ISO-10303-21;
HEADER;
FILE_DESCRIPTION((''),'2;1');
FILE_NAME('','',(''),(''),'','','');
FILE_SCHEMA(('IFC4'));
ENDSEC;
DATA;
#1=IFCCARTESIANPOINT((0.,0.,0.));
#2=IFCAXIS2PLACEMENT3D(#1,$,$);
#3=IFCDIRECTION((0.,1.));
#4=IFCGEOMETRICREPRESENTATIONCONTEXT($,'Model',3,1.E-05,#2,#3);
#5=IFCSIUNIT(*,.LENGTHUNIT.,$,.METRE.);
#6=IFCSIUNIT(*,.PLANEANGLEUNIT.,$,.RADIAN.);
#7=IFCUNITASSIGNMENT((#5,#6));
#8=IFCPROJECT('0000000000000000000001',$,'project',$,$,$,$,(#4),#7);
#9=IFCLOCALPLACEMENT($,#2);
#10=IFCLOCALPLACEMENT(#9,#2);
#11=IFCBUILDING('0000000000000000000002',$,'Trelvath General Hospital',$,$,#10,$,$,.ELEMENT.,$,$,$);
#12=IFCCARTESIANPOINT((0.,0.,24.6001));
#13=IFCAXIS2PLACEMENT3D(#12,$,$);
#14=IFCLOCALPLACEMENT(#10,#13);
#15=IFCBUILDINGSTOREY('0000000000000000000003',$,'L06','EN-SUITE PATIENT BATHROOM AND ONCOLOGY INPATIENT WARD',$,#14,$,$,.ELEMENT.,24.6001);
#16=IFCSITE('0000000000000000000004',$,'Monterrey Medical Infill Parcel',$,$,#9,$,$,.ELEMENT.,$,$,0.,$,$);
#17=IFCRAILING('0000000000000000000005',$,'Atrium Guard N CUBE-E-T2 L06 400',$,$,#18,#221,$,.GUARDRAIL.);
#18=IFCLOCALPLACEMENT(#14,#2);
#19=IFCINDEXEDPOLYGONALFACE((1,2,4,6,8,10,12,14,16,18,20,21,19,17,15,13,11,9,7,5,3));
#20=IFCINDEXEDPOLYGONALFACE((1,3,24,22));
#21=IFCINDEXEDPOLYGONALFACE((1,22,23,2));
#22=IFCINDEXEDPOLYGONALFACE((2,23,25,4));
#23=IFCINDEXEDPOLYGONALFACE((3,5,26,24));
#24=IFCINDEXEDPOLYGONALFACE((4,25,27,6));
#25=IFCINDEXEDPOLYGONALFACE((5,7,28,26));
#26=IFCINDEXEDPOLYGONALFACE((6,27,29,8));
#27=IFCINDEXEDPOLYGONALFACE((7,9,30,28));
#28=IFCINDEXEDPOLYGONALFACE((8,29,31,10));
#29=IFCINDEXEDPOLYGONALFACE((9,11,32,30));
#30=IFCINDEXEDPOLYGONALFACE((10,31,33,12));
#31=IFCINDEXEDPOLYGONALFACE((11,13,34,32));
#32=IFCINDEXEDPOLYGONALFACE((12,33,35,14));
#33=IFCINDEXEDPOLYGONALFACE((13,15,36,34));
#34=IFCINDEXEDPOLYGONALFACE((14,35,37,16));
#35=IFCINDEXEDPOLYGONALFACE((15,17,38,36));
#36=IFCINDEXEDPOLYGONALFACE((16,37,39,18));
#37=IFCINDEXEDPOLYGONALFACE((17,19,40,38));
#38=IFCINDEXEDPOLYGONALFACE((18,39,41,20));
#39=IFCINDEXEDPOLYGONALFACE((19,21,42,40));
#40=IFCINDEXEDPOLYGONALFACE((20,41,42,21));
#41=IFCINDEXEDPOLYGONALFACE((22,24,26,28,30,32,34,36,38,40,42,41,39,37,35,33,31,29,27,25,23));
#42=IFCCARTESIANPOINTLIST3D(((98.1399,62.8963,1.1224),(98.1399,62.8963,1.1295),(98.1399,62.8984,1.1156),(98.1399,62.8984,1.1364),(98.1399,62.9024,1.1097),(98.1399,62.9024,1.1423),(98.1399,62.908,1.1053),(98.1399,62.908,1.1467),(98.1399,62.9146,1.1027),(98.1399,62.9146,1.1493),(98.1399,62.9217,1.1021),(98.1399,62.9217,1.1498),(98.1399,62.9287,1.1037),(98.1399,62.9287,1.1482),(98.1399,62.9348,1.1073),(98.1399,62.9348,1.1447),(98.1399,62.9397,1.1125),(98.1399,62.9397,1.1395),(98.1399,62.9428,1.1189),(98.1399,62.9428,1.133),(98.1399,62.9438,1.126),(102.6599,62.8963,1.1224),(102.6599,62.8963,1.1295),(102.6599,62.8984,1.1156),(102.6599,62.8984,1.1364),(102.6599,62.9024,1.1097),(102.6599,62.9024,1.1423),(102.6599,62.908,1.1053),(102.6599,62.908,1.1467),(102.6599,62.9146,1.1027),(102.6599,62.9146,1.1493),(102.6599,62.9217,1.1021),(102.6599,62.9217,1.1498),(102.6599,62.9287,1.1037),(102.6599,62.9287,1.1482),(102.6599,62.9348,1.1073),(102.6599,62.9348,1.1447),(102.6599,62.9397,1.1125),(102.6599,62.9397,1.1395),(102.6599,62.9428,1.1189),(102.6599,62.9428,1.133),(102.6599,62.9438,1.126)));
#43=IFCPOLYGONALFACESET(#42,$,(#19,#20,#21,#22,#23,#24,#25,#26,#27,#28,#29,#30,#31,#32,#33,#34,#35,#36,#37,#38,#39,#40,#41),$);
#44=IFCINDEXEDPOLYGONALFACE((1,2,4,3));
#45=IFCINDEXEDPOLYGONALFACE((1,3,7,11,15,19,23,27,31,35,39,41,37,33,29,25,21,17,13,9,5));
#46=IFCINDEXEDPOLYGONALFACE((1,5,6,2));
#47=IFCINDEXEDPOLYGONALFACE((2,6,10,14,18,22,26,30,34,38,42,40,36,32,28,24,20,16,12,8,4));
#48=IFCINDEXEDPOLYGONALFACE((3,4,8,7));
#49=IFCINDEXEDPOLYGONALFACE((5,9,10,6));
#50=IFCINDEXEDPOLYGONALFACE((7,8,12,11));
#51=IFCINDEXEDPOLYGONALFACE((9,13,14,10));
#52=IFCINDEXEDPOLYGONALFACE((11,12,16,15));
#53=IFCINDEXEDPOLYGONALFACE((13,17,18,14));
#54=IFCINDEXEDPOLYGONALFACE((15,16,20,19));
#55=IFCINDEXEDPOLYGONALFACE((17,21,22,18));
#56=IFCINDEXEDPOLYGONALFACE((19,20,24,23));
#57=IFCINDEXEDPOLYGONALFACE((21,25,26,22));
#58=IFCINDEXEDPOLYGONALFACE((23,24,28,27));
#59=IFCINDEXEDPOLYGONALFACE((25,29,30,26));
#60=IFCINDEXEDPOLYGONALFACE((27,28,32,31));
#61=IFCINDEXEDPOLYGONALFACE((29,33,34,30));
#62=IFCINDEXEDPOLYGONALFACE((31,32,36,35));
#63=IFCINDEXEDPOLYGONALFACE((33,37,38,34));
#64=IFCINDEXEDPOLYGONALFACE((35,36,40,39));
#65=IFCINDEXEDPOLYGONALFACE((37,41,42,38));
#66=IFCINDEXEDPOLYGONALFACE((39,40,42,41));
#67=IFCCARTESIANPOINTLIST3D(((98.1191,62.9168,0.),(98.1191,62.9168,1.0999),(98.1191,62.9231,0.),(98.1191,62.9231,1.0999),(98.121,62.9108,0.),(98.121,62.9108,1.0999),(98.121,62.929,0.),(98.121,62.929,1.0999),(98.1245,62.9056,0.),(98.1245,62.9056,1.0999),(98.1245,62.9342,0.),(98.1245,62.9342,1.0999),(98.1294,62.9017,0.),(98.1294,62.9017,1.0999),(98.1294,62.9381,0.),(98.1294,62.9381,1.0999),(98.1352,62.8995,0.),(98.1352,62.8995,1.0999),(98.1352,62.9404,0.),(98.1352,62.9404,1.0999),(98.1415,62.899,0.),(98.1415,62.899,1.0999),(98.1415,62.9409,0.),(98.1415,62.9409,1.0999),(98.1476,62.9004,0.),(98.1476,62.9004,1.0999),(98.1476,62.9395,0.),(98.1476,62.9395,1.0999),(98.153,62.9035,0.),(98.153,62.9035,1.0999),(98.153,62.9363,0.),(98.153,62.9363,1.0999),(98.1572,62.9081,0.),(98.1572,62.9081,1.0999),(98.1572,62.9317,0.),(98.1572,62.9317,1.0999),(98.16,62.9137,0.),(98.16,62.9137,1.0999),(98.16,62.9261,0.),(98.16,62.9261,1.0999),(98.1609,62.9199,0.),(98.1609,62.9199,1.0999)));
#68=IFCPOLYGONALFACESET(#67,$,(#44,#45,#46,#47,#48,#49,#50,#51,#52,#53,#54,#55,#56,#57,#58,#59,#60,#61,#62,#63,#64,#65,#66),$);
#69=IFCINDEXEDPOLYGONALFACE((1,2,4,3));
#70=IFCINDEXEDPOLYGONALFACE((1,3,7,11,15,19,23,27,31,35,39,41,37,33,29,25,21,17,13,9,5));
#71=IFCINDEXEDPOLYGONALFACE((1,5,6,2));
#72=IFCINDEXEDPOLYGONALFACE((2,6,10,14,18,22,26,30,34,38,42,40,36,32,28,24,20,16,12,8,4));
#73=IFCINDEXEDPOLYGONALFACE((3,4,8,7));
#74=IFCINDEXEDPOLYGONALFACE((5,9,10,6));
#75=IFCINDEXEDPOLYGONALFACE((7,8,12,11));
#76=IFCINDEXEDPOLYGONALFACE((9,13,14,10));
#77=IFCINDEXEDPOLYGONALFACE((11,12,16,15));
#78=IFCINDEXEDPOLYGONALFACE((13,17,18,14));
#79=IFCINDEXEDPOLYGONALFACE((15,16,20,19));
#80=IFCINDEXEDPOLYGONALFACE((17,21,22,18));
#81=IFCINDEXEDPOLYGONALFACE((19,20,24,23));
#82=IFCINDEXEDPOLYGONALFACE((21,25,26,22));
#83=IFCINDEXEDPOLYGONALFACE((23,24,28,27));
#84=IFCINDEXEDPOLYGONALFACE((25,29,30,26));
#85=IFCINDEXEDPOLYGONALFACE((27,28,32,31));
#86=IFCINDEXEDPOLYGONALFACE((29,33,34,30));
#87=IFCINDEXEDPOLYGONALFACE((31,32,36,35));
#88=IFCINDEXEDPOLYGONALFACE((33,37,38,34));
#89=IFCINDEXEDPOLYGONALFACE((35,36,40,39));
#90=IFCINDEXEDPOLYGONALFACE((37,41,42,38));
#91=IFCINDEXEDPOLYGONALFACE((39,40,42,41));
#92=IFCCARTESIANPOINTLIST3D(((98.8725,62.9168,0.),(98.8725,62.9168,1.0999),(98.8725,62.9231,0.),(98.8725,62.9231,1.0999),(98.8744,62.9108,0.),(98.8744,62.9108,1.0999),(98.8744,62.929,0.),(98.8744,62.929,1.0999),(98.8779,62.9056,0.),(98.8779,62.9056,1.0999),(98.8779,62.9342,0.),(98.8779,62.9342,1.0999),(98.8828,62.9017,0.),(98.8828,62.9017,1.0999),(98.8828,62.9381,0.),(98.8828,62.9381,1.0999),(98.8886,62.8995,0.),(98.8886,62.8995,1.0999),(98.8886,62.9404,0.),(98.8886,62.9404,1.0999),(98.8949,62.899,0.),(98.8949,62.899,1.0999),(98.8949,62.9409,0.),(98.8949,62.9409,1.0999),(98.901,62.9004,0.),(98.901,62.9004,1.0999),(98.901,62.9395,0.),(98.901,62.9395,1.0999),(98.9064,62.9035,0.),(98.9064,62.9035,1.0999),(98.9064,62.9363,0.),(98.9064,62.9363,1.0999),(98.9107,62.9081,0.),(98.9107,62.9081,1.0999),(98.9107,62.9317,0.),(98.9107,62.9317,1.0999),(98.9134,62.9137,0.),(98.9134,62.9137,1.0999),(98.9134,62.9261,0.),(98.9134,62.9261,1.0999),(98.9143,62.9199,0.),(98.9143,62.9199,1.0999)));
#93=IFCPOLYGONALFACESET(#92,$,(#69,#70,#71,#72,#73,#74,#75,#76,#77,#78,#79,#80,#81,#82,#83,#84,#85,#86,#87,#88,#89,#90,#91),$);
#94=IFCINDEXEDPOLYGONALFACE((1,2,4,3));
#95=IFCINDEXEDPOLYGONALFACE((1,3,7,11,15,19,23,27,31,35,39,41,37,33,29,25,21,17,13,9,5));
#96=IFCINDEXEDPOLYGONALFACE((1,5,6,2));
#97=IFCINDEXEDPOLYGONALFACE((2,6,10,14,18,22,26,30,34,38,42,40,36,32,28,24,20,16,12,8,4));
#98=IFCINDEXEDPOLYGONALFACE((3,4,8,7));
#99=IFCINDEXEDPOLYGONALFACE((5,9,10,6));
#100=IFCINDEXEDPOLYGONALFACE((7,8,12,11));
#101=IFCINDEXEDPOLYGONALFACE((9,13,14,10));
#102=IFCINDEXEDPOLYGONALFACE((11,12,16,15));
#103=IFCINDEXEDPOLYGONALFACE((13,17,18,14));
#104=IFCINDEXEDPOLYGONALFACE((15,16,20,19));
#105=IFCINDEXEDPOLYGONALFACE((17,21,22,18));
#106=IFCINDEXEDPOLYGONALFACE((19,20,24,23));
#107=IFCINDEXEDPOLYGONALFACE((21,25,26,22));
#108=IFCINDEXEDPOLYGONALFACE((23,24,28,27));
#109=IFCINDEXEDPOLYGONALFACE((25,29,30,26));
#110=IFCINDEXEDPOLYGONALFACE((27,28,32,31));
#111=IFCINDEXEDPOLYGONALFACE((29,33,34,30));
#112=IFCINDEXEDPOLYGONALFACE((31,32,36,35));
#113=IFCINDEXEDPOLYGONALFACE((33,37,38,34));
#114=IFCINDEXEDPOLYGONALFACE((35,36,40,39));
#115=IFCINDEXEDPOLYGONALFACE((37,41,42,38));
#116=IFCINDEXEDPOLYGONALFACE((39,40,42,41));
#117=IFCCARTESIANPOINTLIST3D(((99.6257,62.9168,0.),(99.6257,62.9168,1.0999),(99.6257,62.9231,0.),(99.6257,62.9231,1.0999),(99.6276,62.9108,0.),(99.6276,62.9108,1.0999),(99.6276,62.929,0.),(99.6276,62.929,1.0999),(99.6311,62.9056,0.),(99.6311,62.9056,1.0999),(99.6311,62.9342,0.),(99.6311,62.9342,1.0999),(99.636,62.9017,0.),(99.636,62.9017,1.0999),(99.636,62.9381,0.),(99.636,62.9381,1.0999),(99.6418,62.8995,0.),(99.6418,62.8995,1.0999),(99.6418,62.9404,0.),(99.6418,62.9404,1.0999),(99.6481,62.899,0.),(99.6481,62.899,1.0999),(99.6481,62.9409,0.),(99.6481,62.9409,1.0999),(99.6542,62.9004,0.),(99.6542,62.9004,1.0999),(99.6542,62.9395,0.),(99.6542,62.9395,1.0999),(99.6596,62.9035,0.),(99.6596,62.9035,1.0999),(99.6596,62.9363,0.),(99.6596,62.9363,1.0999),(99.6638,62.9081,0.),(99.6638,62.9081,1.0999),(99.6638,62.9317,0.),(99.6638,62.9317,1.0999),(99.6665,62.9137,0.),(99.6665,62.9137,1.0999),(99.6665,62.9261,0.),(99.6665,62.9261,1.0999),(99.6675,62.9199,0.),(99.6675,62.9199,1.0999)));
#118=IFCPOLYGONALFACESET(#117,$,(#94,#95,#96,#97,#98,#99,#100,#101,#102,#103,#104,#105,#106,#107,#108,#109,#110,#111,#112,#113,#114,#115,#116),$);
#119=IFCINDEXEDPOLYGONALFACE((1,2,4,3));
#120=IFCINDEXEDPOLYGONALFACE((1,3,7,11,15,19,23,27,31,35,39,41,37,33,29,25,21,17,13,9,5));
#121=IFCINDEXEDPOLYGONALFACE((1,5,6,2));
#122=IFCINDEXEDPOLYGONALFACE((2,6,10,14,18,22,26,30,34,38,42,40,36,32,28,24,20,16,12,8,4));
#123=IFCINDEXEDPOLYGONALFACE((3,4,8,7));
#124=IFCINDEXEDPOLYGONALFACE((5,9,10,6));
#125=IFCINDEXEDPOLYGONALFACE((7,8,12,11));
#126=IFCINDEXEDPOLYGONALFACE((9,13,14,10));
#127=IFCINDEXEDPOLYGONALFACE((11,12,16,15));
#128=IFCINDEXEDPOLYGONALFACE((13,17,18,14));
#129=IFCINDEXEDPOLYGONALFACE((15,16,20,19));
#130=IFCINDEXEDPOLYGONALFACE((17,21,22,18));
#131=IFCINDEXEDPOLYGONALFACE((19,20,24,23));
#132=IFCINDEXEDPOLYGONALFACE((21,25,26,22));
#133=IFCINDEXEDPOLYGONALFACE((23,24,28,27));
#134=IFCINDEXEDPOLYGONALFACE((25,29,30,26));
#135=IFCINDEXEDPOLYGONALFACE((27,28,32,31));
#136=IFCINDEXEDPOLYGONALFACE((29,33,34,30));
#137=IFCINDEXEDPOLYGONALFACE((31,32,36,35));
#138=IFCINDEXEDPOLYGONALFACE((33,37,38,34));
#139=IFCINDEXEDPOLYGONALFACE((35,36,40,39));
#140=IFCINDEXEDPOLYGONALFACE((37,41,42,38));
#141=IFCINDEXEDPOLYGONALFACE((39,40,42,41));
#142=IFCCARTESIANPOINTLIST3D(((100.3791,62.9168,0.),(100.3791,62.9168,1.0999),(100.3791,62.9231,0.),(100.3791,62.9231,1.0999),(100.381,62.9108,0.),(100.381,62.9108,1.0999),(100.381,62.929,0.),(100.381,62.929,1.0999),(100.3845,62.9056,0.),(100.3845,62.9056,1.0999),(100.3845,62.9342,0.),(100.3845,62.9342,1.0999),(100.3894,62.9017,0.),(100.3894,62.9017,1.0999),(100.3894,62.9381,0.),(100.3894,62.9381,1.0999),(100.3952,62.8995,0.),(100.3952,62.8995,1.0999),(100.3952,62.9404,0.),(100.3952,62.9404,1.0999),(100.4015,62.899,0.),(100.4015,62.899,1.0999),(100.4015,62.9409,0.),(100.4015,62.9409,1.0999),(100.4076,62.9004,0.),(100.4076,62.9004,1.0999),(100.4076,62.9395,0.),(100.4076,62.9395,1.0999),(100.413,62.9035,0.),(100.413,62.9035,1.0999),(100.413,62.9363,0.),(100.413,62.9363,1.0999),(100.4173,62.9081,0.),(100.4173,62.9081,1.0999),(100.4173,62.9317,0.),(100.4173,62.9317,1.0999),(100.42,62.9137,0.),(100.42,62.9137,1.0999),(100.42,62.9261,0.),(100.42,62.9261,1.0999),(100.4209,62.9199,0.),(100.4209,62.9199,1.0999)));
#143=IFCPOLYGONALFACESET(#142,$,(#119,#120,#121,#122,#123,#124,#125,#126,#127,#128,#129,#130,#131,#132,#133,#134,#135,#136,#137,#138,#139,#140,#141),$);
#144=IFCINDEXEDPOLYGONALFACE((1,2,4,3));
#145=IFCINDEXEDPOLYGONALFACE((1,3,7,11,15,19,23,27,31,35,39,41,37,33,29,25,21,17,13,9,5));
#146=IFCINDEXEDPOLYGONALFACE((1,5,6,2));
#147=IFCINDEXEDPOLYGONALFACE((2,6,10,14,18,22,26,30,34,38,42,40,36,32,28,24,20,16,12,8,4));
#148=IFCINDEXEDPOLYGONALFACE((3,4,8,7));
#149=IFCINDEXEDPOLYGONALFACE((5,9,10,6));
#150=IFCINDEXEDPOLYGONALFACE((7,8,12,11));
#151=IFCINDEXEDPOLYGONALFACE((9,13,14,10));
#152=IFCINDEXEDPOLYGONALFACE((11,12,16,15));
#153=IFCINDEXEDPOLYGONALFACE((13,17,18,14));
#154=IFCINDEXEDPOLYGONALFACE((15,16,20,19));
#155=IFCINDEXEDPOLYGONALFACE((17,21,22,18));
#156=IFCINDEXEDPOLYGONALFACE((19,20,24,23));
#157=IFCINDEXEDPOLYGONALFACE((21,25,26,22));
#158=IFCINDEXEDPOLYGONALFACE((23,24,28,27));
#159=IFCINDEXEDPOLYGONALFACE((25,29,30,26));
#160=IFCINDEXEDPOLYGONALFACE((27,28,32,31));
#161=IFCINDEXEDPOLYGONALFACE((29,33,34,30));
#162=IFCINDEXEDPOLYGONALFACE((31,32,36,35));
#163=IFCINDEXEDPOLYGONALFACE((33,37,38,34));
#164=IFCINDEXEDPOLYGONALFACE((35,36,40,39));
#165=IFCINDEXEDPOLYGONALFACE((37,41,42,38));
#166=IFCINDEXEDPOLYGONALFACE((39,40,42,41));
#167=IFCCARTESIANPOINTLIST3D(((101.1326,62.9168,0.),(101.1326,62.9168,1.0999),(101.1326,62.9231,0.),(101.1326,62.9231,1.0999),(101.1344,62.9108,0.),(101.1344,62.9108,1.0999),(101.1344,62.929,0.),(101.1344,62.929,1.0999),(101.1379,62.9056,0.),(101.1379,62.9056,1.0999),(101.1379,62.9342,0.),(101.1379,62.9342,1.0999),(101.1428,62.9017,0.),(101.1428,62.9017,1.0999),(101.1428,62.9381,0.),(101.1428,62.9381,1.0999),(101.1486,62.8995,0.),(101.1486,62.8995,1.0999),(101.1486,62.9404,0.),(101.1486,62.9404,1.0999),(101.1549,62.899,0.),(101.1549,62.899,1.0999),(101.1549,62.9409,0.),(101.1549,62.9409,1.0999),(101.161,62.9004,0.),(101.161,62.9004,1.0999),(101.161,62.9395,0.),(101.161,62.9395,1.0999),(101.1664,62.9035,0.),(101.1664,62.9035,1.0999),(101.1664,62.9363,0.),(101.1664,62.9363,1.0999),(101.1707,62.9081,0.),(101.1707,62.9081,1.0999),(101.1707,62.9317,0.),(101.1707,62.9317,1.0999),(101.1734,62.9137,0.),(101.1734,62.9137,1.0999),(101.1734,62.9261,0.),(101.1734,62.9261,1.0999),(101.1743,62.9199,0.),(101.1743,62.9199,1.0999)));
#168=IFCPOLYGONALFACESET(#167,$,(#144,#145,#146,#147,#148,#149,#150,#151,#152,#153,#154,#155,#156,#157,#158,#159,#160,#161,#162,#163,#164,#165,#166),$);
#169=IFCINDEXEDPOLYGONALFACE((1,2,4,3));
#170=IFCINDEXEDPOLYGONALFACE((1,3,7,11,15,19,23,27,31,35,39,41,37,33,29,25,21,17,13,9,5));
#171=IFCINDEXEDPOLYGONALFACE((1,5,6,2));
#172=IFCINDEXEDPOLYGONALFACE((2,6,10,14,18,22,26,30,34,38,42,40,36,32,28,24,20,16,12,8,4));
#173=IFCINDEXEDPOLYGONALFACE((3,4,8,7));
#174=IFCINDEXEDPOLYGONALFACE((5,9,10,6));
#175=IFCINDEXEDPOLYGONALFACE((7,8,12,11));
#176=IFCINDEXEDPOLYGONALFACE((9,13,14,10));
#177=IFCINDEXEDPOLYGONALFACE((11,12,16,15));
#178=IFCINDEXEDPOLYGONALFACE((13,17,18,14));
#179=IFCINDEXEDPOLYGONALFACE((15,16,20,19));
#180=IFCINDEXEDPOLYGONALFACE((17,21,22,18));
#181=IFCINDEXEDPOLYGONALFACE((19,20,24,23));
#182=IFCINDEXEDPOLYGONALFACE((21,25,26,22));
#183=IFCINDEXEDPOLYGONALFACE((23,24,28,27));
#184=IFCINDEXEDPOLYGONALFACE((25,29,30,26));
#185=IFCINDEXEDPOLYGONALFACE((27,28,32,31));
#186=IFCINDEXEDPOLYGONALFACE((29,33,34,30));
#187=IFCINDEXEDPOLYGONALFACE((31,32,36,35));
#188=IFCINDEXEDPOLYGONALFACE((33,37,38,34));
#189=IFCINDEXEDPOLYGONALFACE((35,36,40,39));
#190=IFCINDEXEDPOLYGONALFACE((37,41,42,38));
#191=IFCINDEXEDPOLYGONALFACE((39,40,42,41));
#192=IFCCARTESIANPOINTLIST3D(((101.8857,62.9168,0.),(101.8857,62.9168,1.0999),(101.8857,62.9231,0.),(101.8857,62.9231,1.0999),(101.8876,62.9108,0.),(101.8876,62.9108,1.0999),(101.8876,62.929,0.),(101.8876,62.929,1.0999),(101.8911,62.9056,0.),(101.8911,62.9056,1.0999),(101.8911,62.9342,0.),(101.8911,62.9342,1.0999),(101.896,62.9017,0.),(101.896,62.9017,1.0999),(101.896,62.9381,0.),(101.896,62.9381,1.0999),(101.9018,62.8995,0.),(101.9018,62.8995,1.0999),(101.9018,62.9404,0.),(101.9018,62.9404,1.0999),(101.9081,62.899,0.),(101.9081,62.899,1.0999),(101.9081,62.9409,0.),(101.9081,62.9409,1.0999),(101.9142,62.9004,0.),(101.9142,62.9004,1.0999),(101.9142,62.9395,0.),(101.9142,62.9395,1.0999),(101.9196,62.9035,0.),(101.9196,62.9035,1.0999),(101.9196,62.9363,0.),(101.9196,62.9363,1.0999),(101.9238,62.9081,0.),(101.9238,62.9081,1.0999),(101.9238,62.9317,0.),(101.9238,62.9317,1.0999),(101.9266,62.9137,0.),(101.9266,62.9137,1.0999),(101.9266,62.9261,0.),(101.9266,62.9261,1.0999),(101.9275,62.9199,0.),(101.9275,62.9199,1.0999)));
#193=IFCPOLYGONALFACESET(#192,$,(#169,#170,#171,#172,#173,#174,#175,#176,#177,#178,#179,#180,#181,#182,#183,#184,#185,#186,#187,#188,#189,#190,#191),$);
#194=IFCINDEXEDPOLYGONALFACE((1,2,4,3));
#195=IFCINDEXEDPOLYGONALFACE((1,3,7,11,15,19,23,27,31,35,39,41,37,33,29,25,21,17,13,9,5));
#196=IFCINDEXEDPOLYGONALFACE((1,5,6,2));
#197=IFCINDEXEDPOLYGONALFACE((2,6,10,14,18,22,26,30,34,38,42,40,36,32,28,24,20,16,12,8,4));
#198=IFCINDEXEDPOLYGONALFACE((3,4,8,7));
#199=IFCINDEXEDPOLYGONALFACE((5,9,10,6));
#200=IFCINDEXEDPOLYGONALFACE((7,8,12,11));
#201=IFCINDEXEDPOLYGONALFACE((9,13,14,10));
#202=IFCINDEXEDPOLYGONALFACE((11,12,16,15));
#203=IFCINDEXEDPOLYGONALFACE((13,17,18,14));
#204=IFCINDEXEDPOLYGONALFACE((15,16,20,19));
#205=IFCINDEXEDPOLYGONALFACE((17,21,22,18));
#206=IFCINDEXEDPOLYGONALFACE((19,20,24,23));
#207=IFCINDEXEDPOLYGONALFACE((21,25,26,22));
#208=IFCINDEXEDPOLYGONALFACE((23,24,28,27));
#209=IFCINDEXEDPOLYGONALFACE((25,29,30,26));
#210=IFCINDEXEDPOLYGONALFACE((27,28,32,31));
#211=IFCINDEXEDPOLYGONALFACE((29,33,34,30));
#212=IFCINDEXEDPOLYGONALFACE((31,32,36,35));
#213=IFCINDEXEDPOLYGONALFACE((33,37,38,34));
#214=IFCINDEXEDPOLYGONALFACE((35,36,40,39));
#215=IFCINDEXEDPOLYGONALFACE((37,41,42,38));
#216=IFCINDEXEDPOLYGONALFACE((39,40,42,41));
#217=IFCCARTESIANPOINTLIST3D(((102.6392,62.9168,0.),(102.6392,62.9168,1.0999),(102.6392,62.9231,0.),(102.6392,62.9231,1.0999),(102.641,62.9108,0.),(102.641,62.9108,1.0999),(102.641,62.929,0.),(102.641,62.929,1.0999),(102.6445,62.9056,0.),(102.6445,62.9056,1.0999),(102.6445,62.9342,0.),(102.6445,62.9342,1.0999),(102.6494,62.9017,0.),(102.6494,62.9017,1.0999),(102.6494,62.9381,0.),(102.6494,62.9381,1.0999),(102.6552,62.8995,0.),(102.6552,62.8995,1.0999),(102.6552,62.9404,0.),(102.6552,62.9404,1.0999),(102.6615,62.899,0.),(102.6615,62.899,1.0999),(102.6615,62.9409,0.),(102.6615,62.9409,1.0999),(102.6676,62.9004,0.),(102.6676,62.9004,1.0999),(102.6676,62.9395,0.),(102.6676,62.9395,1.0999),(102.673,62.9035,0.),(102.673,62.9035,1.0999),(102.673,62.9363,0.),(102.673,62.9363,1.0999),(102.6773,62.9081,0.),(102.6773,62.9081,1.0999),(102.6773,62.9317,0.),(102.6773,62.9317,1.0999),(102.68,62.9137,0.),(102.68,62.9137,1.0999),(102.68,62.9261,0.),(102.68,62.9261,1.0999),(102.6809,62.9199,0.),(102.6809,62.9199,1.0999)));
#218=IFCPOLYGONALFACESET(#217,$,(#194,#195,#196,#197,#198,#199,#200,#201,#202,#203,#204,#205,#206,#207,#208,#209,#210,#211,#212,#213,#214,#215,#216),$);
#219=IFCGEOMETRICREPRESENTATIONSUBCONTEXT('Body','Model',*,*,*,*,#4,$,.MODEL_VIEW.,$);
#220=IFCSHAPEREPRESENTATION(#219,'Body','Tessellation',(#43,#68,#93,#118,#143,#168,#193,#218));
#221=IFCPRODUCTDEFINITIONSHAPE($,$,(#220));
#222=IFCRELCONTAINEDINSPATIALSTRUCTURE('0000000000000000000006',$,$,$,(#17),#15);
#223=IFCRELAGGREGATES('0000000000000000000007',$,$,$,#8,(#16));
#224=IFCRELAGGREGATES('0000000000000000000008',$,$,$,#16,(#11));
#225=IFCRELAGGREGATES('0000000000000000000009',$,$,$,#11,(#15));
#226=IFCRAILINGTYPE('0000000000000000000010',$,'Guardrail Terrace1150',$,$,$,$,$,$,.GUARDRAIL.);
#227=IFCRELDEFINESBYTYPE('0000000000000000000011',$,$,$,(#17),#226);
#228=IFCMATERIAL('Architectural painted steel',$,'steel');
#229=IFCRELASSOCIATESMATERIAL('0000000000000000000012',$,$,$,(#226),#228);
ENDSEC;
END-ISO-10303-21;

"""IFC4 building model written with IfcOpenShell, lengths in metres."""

from ifc_helpers import new_model, si_unit, direction, frame, origin, origin_2d, place, context, subcontext, project, spatial, circle, extrude, material, type_object, element, save


model = new_model("IFC4")

# Units and contexts
model_context = context("Model", 3, precision=1e-05, world=origin(), true_north=direction((0.0, 1.0)))
body_context = subcontext(model_context, "Body", "Model", "MODEL_VIEW")
ifc_project = project(units=[si_unit("LENGTHUNIT", "METRE"), si_unit("PLANEANGLEUNIT", "RADIAN")], contexts=[model_context])

# Site, building, storey
site_placement = place(None, origin())
site = spatial("IfcSite", under=ifc_project, at=site_placement, Name="Monterrey Medical Infill Parcel", CompositionType="ELEMENT", RefElevation=0.0)
building_placement = place(site_placement, origin())
building = spatial("IfcBuilding", under=site, at=building_placement, Name="Trelvath General Hospital", CompositionType="ELEMENT")
storey_placement = place(building_placement, frame((0.0, 0.0, 24.6001)))
storey = spatial("IfcBuildingStorey", under=building, at=storey_placement, Name="L06", Description="EN-SUITE PATIENT BATHROOM AND ONCOLOGY INPATIENT WARD", CompositionType="ELEMENT", Elevation=24.6001)

# Railing
ifc_material_1 = material(Name="Architectural painted steel", Category="steel")
railing_type = type_object("IfcRailingType", Name="Guardrail Terrace1150", PredefinedType="GUARDRAIL", material=ifc_material_1)
railing_1_placement = place(storey_placement, frame((98.1399, 62.9199, 0.0)))
element("IfcRailing", 1, at=railing_1_placement, inside=storey, type_object=railing_type, Name="Atrium Guard N CUBE-E-T2 L06 400", PredefinedType="GUARDRAIL", context=body_context, shape_type="SweptSolid", body=[
    extrude(circle(Radius=0.0239, at=origin_2d()), frame((0.0, 0.0, 1.126), z_axis=(1.0, 0.0, 0.0), x_axis=(0.0, 1.0, 0.0)), (0.0, 0.0, 1.0), 4.52),
    extrude(circle(Radius=0.021, at=origin_2d()), origin(), (0.0, 0.0, 1.0), 1.0999),
    extrude(circle(Radius=0.021, at=origin_2d()), frame((0.7534, 0.0, 0.0)), (0.0, 0.0, 1.0), 1.0999),
    extrude(circle(Radius=0.021, at=origin_2d()), frame((1.5066, 0.0, 0.0)), (0.0, 0.0, 1.0), 1.0999),
    extrude(circle(Radius=0.021, at=origin_2d()), frame((2.26, 0.0, 0.0)), (0.0, 0.0, 1.0), 1.0999),
    extrude(circle(Radius=0.021, at=origin_2d()), frame((3.0134, 0.0, 0.0)), (0.0, 0.0, 1.0), 1.0999),
    extrude(circle(Radius=0.021, at=origin_2d()), frame((3.7666, 0.0, 0.0)), (0.0, 0.0, 1.0), 1.0999),
    extrude(circle(Radius=0.021, at=origin_2d()), frame((4.52, 0.0, 0.0)), (0.0, 0.0, 1.0), 1.0999),
])

save(model, "model.ifc")
